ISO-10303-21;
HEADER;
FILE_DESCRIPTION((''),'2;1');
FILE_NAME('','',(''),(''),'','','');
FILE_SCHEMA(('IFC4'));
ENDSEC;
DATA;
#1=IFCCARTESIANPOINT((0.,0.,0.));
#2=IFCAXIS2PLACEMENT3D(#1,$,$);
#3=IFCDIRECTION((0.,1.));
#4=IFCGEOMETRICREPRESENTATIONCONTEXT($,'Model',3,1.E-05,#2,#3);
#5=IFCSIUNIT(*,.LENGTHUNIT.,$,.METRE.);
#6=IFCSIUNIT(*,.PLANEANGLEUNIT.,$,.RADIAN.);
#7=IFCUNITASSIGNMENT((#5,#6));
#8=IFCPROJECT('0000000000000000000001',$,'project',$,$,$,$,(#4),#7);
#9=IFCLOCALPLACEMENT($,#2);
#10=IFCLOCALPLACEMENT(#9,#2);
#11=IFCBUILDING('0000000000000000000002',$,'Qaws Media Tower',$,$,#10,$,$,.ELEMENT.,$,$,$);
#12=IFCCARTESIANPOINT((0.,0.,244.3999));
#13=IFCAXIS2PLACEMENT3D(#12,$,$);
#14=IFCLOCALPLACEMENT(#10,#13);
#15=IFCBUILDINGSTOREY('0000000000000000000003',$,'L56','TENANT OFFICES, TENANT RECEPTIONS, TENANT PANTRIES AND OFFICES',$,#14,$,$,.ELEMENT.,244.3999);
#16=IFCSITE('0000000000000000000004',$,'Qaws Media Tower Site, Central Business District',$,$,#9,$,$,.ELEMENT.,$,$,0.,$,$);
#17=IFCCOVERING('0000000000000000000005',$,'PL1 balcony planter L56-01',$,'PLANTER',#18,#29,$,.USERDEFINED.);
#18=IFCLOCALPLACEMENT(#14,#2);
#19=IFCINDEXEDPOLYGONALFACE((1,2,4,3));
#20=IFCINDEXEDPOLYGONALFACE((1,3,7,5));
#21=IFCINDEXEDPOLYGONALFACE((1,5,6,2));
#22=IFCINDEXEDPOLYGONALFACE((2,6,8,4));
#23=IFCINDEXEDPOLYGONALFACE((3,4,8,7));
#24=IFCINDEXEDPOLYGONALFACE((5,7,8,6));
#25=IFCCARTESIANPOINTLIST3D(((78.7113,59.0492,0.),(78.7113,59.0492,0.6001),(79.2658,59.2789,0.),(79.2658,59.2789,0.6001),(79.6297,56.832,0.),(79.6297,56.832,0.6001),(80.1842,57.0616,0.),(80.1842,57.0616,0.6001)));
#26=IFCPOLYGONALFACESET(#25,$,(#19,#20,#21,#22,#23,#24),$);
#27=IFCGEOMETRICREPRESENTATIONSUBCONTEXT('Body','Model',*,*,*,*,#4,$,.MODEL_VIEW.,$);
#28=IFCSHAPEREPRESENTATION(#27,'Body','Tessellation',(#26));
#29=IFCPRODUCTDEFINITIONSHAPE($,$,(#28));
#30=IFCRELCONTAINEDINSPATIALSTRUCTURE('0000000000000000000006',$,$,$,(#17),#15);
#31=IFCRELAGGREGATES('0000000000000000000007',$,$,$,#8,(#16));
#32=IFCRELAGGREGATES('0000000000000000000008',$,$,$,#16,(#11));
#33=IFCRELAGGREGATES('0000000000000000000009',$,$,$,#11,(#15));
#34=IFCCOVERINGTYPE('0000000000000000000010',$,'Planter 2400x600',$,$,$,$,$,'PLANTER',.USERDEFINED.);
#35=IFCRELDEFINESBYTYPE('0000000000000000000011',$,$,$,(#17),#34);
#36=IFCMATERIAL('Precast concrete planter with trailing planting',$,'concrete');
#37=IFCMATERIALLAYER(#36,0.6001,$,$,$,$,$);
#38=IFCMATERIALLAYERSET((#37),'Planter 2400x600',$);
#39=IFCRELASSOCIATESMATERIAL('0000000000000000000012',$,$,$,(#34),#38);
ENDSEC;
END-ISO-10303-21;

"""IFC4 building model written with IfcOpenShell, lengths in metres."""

from ifc_helpers import new_model, si_unit, direction, frame, origin, origin_2d, place, context, subcontext, project, spatial, rectangle, extrude, material, layer, layer_set, type_object, element, save


model = new_model("IFC4")

# Units and contexts
model_context = context("Model", 3, precision=1e-05, world=origin(), true_north=direction((0.0, 1.0)))
body_context = subcontext(model_context, "Body", "Model", "MODEL_VIEW")
ifc_project = project(units=[si_unit("LENGTHUNIT", "METRE"), si_unit("PLANEANGLEUNIT", "RADIAN")], contexts=[model_context])

# Site, building, storey
site_placement = place(None, origin())
site = spatial("IfcSite", under=ifc_project, at=site_placement, Name="Qaws Media Tower Site, Central Business District", CompositionType="ELEMENT", RefElevation=0.0)
building_placement = place(site_placement, origin())
building = spatial("IfcBuilding", under=site, at=building_placement, Name="Qaws Media Tower", CompositionType="ELEMENT")
storey_placement = place(building_placement, frame((0.0, 0.0, 244.3999)))
storey = spatial("IfcBuildingStorey", under=building, at=storey_placement, Name="L56", Description="TENANT OFFICES, TENANT RECEPTIONS, TENANT PANTRIES AND OFFICES", CompositionType="ELEMENT", Elevation=244.3999)

# Covering
ifc_material_1 = material(Name="Precast concrete planter with trailing planting", Category="concrete")
ifc_layer_1 = layer(ifc_material_1, 0.6001)
ifc_layer_set_1 = layer_set([ifc_layer_1], Name="Planter 2400x600")
covering_type = type_object("IfcCoveringType", Name="Planter 2400x600", ElementType="PLANTER", PredefinedType="USERDEFINED", material=ifc_layer_set_1)
covering_placement = place(storey_placement, frame((79.4478, 58.0554, 0.0), z_axis=(0.0, 0.0, 1.0), x_axis=(-0.382683, 0.92388, 0.0)))
element("IfcCovering", 1, at=covering_placement, inside=storey, type_object=covering_type, Name="PL1 balcony planter L56-01", ObjectType="PLANTER", PredefinedType="USERDEFINED", context=body_context, shape_type="SweptSolid", body=[
    extrude(rectangle(XDim=2.3999, YDim=0.6001, at=origin_2d()), origin(), (0.0, 0.0, 1.0), 0.6001),
])

save(model, "model.ifc")
